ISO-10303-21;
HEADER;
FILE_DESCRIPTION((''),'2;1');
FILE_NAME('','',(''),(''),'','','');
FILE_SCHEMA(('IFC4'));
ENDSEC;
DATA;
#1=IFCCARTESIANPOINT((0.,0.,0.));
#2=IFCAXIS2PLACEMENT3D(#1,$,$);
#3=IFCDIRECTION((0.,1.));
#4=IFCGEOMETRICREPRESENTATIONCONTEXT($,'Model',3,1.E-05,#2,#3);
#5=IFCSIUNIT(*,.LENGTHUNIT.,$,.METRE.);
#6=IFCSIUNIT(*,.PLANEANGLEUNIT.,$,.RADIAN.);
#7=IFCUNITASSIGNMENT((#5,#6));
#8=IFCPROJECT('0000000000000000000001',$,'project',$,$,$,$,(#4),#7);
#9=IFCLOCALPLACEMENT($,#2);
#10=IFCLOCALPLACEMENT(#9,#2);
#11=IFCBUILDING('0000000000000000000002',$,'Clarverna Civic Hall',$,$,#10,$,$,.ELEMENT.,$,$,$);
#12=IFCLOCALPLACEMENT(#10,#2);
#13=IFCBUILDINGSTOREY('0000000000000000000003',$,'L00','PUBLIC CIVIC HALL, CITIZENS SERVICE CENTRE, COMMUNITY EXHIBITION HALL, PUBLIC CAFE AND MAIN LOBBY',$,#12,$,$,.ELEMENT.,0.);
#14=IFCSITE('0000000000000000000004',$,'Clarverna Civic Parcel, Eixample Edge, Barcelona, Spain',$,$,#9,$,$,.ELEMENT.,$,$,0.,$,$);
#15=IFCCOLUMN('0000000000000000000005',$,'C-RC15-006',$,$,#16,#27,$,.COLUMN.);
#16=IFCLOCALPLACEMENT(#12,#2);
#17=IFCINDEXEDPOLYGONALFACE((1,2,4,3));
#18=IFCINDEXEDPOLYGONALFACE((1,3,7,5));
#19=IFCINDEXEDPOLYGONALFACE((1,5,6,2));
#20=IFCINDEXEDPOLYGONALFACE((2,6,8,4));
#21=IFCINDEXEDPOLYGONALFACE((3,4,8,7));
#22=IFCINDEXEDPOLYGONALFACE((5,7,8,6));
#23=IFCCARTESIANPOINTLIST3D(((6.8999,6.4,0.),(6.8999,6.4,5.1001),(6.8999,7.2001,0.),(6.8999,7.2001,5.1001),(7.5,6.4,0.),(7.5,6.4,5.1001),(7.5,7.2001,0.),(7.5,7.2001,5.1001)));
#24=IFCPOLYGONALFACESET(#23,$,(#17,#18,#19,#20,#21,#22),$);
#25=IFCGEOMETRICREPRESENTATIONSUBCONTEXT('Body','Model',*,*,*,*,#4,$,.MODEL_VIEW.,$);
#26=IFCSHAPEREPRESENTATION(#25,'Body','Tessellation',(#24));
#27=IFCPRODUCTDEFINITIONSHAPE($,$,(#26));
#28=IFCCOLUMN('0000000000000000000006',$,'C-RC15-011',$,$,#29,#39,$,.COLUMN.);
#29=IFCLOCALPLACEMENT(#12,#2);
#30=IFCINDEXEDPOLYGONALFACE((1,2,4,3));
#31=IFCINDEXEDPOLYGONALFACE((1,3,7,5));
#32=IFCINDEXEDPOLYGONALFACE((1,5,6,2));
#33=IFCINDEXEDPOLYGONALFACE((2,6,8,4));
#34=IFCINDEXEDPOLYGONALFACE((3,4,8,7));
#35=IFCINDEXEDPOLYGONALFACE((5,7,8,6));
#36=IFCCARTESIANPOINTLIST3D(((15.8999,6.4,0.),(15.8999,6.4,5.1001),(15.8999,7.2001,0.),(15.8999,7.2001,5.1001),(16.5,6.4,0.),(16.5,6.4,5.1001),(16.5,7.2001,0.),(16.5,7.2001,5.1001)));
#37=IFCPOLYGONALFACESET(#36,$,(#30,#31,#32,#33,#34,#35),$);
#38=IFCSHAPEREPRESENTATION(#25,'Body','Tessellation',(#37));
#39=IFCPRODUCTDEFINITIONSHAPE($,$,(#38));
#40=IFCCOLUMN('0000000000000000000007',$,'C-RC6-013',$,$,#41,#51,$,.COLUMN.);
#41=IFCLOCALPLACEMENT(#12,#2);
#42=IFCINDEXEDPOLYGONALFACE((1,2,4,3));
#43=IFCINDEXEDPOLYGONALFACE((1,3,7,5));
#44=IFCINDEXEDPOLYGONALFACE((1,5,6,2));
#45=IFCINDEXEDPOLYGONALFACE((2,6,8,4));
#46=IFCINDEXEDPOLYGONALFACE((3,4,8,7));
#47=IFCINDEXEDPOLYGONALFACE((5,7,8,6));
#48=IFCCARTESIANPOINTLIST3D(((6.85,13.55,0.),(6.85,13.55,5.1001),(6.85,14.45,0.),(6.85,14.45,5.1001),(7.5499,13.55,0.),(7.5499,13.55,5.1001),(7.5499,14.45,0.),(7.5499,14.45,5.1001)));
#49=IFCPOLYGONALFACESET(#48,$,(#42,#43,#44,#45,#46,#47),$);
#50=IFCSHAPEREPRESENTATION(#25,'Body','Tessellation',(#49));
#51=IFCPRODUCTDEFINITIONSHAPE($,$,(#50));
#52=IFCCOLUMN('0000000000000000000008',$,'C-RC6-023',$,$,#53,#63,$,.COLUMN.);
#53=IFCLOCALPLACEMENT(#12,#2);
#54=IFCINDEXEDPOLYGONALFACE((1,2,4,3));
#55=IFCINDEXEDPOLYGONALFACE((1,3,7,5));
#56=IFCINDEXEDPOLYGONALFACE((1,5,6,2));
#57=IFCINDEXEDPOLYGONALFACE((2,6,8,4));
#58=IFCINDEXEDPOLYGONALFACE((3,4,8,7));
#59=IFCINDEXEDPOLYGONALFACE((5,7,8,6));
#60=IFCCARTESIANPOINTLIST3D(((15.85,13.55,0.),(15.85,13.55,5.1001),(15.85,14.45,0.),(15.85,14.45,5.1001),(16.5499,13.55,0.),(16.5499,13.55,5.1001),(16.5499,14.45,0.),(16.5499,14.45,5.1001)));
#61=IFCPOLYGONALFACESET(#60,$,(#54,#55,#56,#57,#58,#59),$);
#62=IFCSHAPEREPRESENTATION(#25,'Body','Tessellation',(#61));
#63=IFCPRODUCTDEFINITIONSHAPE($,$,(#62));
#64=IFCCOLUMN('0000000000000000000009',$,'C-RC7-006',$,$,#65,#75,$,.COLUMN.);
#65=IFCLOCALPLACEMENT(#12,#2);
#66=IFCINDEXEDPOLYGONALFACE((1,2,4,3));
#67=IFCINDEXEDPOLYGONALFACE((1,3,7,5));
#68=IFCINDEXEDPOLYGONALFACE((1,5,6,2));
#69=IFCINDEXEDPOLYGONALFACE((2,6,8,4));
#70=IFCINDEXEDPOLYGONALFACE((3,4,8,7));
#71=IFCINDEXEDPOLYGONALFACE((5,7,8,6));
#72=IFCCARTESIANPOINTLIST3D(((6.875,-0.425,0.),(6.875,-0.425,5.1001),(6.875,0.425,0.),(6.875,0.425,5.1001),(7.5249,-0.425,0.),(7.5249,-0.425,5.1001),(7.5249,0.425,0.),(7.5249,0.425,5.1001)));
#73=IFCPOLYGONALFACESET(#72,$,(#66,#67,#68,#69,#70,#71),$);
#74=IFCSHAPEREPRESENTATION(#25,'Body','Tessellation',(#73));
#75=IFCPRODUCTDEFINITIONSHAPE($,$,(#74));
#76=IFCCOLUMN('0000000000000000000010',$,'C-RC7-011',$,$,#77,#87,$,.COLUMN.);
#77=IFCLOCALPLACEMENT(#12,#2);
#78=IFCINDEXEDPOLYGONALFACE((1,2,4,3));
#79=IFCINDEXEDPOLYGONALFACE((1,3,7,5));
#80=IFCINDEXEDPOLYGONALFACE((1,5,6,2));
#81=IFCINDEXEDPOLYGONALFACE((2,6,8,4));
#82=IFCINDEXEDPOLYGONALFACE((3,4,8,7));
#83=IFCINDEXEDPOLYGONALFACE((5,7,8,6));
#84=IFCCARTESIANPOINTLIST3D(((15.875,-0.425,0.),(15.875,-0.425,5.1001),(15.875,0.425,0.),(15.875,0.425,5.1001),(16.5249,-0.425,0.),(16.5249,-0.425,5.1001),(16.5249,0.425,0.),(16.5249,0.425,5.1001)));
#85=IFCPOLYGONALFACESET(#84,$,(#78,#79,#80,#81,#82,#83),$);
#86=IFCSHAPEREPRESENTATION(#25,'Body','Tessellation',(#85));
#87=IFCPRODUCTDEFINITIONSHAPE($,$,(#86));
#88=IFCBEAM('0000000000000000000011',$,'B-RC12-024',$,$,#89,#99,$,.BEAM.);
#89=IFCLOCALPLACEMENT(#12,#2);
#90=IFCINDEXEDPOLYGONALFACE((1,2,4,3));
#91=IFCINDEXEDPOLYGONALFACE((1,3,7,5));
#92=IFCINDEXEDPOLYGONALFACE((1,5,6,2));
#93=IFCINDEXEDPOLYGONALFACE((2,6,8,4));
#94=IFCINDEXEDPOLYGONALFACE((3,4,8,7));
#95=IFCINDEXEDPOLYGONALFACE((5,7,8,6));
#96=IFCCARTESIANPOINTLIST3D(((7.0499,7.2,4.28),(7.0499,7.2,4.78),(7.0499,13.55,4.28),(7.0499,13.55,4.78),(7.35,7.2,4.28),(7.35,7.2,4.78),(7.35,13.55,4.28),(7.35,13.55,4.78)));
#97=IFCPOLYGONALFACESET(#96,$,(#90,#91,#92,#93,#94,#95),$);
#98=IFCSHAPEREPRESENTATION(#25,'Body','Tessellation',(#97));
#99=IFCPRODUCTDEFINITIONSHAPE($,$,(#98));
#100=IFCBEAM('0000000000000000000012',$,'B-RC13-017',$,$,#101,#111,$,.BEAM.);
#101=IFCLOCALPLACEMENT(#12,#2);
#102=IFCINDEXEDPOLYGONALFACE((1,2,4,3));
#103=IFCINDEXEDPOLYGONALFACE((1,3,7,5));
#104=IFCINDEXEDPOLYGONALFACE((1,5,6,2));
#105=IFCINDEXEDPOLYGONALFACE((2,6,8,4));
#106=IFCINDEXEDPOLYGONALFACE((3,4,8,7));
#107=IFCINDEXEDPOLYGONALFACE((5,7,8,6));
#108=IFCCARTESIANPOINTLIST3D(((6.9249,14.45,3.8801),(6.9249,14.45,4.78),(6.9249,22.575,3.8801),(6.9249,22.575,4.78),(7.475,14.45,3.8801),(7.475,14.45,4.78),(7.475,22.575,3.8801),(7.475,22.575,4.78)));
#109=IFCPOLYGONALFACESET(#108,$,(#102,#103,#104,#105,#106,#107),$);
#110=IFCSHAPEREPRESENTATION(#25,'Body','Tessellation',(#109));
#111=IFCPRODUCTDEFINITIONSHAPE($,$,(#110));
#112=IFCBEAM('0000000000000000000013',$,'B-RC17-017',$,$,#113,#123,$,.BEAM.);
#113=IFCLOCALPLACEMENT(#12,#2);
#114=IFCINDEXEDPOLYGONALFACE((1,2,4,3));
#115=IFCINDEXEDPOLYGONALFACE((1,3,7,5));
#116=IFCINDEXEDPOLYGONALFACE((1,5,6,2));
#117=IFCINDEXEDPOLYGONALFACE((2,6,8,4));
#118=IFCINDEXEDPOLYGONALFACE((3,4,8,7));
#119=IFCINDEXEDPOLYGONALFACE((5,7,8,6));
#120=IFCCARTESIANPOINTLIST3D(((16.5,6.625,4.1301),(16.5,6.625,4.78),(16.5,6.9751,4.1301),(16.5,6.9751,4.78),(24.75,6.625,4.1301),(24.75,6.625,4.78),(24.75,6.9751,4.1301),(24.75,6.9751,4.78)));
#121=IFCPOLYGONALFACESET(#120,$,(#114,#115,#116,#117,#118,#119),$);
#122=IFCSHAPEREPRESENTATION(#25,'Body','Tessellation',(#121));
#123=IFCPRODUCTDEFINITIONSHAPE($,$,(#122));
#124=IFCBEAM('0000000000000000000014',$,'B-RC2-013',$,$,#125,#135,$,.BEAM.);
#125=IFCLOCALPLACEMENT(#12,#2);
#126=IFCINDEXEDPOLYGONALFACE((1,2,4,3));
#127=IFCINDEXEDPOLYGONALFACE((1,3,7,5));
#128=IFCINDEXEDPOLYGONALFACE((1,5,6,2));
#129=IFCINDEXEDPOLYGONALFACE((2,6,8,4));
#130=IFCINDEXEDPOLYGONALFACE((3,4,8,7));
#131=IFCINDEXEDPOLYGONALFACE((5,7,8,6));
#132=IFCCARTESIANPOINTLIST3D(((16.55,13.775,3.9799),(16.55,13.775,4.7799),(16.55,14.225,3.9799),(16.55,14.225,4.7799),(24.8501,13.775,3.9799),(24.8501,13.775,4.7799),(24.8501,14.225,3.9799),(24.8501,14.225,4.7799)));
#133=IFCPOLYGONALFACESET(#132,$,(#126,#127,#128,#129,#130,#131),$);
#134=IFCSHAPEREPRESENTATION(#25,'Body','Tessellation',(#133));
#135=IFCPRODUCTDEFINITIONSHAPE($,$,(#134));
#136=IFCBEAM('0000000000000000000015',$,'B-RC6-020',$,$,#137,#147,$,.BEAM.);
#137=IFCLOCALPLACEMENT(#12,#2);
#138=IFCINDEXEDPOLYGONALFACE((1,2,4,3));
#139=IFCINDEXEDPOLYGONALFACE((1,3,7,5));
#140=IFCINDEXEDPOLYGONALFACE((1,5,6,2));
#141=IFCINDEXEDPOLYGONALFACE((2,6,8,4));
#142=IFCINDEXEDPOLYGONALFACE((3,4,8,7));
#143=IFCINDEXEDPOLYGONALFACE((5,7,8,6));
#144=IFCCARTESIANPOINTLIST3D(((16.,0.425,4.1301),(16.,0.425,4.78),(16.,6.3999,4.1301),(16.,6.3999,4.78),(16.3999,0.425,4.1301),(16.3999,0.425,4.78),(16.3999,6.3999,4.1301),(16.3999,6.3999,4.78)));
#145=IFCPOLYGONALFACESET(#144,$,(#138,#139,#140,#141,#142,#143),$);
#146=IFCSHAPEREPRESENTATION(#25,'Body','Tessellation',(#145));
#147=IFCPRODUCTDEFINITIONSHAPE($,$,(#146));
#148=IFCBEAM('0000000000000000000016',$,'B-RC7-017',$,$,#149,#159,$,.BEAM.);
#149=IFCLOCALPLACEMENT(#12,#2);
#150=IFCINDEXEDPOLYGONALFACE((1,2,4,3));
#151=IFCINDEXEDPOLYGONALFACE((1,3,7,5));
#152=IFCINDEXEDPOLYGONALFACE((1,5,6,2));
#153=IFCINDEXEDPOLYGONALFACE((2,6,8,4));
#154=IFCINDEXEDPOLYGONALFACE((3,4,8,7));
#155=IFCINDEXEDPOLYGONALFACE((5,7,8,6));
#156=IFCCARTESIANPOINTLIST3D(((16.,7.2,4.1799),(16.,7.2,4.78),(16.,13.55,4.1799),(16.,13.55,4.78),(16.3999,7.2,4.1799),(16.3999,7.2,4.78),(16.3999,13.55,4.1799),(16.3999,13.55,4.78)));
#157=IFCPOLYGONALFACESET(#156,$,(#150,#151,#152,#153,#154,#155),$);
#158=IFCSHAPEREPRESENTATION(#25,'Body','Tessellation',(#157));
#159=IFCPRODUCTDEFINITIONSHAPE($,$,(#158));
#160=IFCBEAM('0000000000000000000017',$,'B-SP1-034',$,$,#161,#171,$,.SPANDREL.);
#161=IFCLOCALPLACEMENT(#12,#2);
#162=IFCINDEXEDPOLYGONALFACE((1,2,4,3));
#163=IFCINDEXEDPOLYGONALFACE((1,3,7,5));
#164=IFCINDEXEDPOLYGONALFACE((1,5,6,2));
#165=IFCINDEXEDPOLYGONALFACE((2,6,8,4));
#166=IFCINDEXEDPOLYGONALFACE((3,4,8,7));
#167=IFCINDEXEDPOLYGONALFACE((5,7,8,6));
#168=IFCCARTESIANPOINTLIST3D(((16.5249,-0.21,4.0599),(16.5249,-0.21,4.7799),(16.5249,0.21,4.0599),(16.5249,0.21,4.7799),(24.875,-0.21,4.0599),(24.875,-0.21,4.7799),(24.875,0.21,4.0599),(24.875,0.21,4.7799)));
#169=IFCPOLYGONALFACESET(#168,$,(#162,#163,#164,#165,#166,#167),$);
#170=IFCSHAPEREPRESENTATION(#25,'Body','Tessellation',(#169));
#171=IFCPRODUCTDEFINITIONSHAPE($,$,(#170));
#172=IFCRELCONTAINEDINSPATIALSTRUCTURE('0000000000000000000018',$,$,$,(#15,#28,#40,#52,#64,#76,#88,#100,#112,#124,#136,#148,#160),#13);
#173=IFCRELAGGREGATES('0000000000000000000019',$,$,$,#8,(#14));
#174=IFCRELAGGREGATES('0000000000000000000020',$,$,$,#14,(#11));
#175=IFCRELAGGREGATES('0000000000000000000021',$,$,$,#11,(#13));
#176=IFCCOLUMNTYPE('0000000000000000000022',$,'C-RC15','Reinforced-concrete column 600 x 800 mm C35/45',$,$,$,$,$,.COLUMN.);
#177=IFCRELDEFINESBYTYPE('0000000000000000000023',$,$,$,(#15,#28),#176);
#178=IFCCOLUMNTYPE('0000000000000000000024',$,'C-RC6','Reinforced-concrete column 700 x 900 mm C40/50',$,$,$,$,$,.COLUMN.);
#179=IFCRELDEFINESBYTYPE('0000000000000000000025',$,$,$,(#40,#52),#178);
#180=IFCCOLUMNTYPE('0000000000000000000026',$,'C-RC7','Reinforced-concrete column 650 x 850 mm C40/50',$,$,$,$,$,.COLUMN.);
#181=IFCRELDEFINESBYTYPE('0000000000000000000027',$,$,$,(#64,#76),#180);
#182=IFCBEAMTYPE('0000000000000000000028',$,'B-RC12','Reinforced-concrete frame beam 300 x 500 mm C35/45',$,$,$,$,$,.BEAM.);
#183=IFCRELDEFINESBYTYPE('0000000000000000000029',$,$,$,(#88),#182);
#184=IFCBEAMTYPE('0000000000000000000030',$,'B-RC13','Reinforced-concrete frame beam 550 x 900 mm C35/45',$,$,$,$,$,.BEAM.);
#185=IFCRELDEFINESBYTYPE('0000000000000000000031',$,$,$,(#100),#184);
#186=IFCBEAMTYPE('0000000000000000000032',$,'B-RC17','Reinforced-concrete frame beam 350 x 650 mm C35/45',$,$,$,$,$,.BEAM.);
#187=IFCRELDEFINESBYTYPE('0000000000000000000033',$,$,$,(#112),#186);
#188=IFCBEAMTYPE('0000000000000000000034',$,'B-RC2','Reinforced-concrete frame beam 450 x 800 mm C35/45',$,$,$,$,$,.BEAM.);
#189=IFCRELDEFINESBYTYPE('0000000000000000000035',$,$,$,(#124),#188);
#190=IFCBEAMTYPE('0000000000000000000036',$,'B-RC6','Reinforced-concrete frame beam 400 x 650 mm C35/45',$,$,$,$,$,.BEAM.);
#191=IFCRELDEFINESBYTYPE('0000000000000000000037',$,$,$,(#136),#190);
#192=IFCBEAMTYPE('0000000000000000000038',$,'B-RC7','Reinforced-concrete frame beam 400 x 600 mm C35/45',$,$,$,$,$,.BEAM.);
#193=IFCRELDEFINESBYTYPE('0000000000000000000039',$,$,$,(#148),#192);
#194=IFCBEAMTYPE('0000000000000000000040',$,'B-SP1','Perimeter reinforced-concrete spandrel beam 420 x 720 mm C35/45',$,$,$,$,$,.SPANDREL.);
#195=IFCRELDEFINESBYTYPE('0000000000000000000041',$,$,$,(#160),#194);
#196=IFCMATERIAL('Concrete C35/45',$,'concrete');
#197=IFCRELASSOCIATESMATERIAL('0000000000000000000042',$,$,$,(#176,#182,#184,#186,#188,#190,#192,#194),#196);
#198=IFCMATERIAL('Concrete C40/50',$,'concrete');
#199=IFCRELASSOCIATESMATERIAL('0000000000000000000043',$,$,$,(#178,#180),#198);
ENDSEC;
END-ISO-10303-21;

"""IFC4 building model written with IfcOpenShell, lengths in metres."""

from ifc_helpers import new_model, si_unit, direction, frame, origin, origin_2d, place, context, subcontext, project, spatial, rectangle, extrude, material, material_profile, profile_set, type_object, element, save


model = new_model("IFC4")

# Units and contexts
model_context = context("Model", 3, precision=1e-05, world=origin(), true_north=direction((0.0, 1.0)))
body_context = subcontext(model_context, "Body", "Model", "MODEL_VIEW")
ifc_project = project(units=[si_unit("LENGTHUNIT", "METRE"), si_unit("PLANEANGLEUNIT", "RADIAN")], contexts=[model_context])

# Site, building, storey
site_placement = place(None, origin())
site = spatial("IfcSite", under=ifc_project, at=site_placement, Name="Clarverna Civic Parcel, Eixample Edge, Barcelona, Spain", CompositionType="ELEMENT", RefElevation=0.0)
building_placement = place(site_placement, origin())
building = spatial("IfcBuilding", under=site, at=building_placement, Name="Clarverna Civic Hall", CompositionType="ELEMENT")
storey_placement = place(building_placement, origin())
storey = spatial("IfcBuildingStorey", under=building, at=storey_placement, Name="L00", Description="PUBLIC CIVIC HALL, CITIZENS SERVICE CENTRE, COMMUNITY EXHIBITION HALL, PUBLIC CAFE AND MAIN LOBBY", CompositionType="ELEMENT", Elevation=0.0)

# Columns
ifc_material_1 = material(Name="Concrete C35/45", Category="concrete")
ifc_material_profile_1 = material_profile(ifc_material_1, rectangle(XDim=0.6001, YDim=0.8, at=origin_2d()), Name="RC 600x800")
ifc_profile_set_1 = profile_set([ifc_material_profile_1], Name="Concrete C35/45")
column_type_1 = type_object("IfcColumnType", Name="C-RC15", Description="Reinforced-concrete column 600 x 800 mm C35/45", PredefinedType="COLUMN", material=ifc_profile_set_1)
for number, where, z_axis, x_axis, name in (
    (1, (7.2, 6.8, 0.0), (0.0, 0.0, 1.0), (1.0, 0.0, 0.0), "C-RC15-006"),
    (2, (16.2, 6.8, 0.0), (0.0, 0.0, 1.0), (1.0, 0.0, 0.0), "C-RC15-011"),
):
    element("IfcColumn", number, at=place(storey_placement, frame(where, z_axis=z_axis, x_axis=x_axis)), inside=storey, type_object=column_type_1, Name=name, PredefinedType="COLUMN", context=body_context, shape_type="SweptSolid", body=[
        extrude(rectangle(XDim=0.6001, YDim=0.8, at=origin_2d()), origin(), (0.0, 0.0, 1.0), 5.1001),
    ])
ifc_material_2 = material(Name="Concrete C40/50", Category="concrete")
ifc_material_profile_2 = material_profile(ifc_material_2, rectangle(XDim=0.7, YDim=0.8999, at=origin_2d()), Name="RC 700x900")
ifc_profile_set_2 = profile_set([ifc_material_profile_2], Name="Concrete C40/50")
column_type_2 = type_object("IfcColumnType", Name="C-RC6", Description="Reinforced-concrete column 700 x 900 mm C40/50", PredefinedType="COLUMN", material=ifc_profile_set_2)
for number, where, z_axis, x_axis, name in (
    (3, (7.2, 14.0, 0.0), (0.0, 0.0, 1.0), (1.0, 0.0, 0.0), "C-RC6-013"),
    (4, (16.2, 14.0, 0.0), (0.0, 0.0, 1.0), (1.0, 0.0, 0.0), "C-RC6-023"),
):
    element("IfcColumn", number, at=place(storey_placement, frame(where, z_axis=z_axis, x_axis=x_axis)), inside=storey, type_object=column_type_2, Name=name, PredefinedType="COLUMN", context=body_context, shape_type="SweptSolid", body=[
        extrude(rectangle(XDim=0.7, YDim=0.8999, at=origin_2d()), origin(), (0.0, 0.0, 1.0), 5.1001),
    ])
ifc_material_profile_3 = material_profile(ifc_material_2, rectangle(XDim=0.6499, YDim=0.8501, at=origin_2d()), Name="RC 650x850")
ifc_profile_set_3 = profile_set([ifc_material_profile_3], Name="Concrete C40/50")
column_type_3 = type_object("IfcColumnType", Name="C-RC7", Description="Reinforced-concrete column 650 x 850 mm C40/50", PredefinedType="COLUMN", material=ifc_profile_set_3)
for number, where, z_axis, x_axis, name in (
    (5, (7.2, 0.0, 0.0), (0.0, 0.0, 1.0), (1.0, 0.0, 0.0), "C-RC7-006"),
    (6, (16.2, 0.0, 0.0), (0.0, 0.0, 1.0), (1.0, 0.0, 0.0), "C-RC7-011"),
):
    element("IfcColumn", number, at=place(storey_placement, frame(where, z_axis=z_axis, x_axis=x_axis)), inside=storey, type_object=column_type_3, Name=name, PredefinedType="COLUMN", context=body_context, shape_type="SweptSolid", body=[
        extrude(rectangle(XDim=0.6499, YDim=0.8501, at=origin_2d()), origin(), (0.0, 0.0, 1.0), 5.1001),
    ])

# Beams
ifc_material_profile_4 = material_profile(ifc_material_1, rectangle(XDim=0.3, YDim=0.5, at=origin_2d()), Name="RC 300x500")
ifc_profile_set_4 = profile_set([ifc_material_profile_4], Name="Concrete C35/45")
beam_type_1 = type_object("IfcBeamType", Name="B-RC12", Description="Reinforced-concrete frame beam 300 x 500 mm C35/45", PredefinedType="BEAM", material=ifc_profile_set_4)
beam_1_placement = place(storey_placement, frame((7.2, 7.2, 4.53), z_axis=(0.0, 1.0, 0.0), x_axis=(-1.0, 0.0, 0.0)))
element("IfcBeam", 7, at=beam_1_placement, inside=storey, type_object=beam_type_1, Name="B-RC12-024", PredefinedType="BEAM", context=body_context, shape_type="SweptSolid", body=[
    extrude(rectangle(XDim=0.3, YDim=0.5, at=origin_2d()), origin(), (0.0, 0.0, 1.0), 6.3501),
])
ifc_material_profile_5 = material_profile(ifc_material_1, rectangle(XDim=0.55, YDim=0.8999, at=origin_2d()), Name="RC 550x900")
ifc_profile_set_5 = profile_set([ifc_material_profile_5], Name="Concrete C35/45")
beam_type_2 = type_object("IfcBeamType", Name="B-RC13", Description="Reinforced-concrete frame beam 550 x 900 mm C35/45", PredefinedType="BEAM", material=ifc_profile_set_5)
beam_2_placement = place(storey_placement, frame((7.2, 14.45, 4.3301), z_axis=(0.0, 1.0, 0.0), x_axis=(-1.0, 0.0, 0.0)))
element("IfcBeam", 8, at=beam_2_placement, inside=storey, type_object=beam_type_2, Name="B-RC13-017", PredefinedType="BEAM", context=body_context, shape_type="SweptSolid", body=[
    extrude(rectangle(XDim=0.55, YDim=0.8999, at=origin_2d()), origin(), (0.0, 0.0, 1.0), 8.125),
])
ifc_material_profile_6 = material_profile(ifc_material_1, rectangle(XDim=0.3501, YDim=0.6499, at=origin_2d()), Name="RC 350x650")
ifc_profile_set_6 = profile_set([ifc_material_profile_6], Name="Concrete C35/45")
beam_type_3 = type_object("IfcBeamType", Name="B-RC17", Description="Reinforced-concrete frame beam 350 x 650 mm C35/45", PredefinedType="BEAM", material=ifc_profile_set_6)
beam_3_placement = place(storey_placement, frame((16.5, 6.8, 4.4551), z_axis=(1.0, 0.0, 0.0), x_axis=(0.0, 1.0, 0.0)))
element("IfcBeam", 9, at=beam_3_placement, inside=storey, type_object=beam_type_3, Name="B-RC17-017", PredefinedType="BEAM", context=body_context, shape_type="SweptSolid", body=[
    extrude(rectangle(XDim=0.3501, YDim=0.6499, at=origin_2d()), origin(), (0.0, 0.0, 1.0), 8.25),
])
ifc_material_profile_7 = material_profile(ifc_material_1, rectangle(XDim=0.45, YDim=0.8, at=origin_2d()), Name="RC 450x800")
ifc_profile_set_7 = profile_set([ifc_material_profile_7], Name="Concrete C35/45")
beam_type_4 = type_object("IfcBeamType", Name="B-RC2", Description="Reinforced-concrete frame beam 450 x 800 mm C35/45", PredefinedType="BEAM", material=ifc_profile_set_7)
beam_4_placement = place(storey_placement, frame((16.55, 14.0, 4.3799), z_axis=(1.0, 0.0, 0.0), x_axis=(0.0, 1.0, 0.0)))
element("IfcBeam", 10, at=beam_4_placement, inside=storey, type_object=beam_type_4, Name="B-RC2-013", PredefinedType="BEAM", context=body_context, shape_type="SweptSolid", body=[
    extrude(rectangle(XDim=0.45, YDim=0.8, at=origin_2d()), origin(), (0.0, 0.0, 1.0), 8.3),
])
ifc_material_profile_8 = material_profile(ifc_material_1, rectangle(XDim=0.3999, YDim=0.6499, at=origin_2d()), Name="RC 400x650")
ifc_profile_set_8 = profile_set([ifc_material_profile_8], Name="Concrete C35/45")
beam_type_5 = type_object("IfcBeamType", Name="B-RC6", Description="Reinforced-concrete frame beam 400 x 650 mm C35/45", PredefinedType="BEAM", material=ifc_profile_set_8)
beam_5_placement = place(storey_placement, frame((16.2, 0.425, 4.4551), z_axis=(0.0, 1.0, 0.0), x_axis=(-1.0, 0.0, 0.0)))
element("IfcBeam", 11, at=beam_5_placement, inside=storey, type_object=beam_type_5, Name="B-RC6-020", PredefinedType="BEAM", context=body_context, shape_type="SweptSolid", body=[
    extrude(rectangle(XDim=0.3999, YDim=0.6499, at=origin_2d()), origin(), (0.0, 0.0, 1.0), 5.9749),
])
ifc_material_profile_9 = material_profile(ifc_material_1, rectangle(XDim=0.3999, YDim=0.6001, at=origin_2d()), Name="RC 400x600")
ifc_profile_set_9 = profile_set([ifc_material_profile_9], Name="Concrete C35/45")
beam_type_6 = type_object("IfcBeamType", Name="B-RC7", Description="Reinforced-concrete frame beam 400 x 600 mm C35/45", PredefinedType="BEAM", material=ifc_profile_set_9)
beam_6_placement = place(storey_placement, frame((16.2, 7.2, 4.48), z_axis=(0.0, 1.0, 0.0), x_axis=(-1.0, 0.0, 0.0)))
element("IfcBeam", 12, at=beam_6_placement, inside=storey, type_object=beam_type_6, Name="B-RC7-017", PredefinedType="BEAM", context=body_context, shape_type="SweptSolid", body=[
    extrude(rectangle(XDim=0.3999, YDim=0.6001, at=origin_2d()), origin(), (0.0, 0.0, 1.0), 6.3501),
])
ifc_material_profile_10 = material_profile(ifc_material_1, rectangle(XDim=0.4199, YDim=0.72, at=origin_2d()), Name="RC 420x720")
ifc_profile_set_10 = profile_set([ifc_material_profile_10], Name="Concrete C35/45")
beam_type_7 = type_object("IfcBeamType", Name="B-SP1", Description="Perimeter reinforced-concrete spandrel beam 420 x 720 mm C35/45", PredefinedType="SPANDREL", material=ifc_profile_set_10)
beam_7_placement = place(storey_placement, frame((16.5249, 0.0, 4.4199), z_axis=(1.0, 0.0, 0.0), x_axis=(0.0, 1.0, 0.0)))
element("IfcBeam", 13, at=beam_7_placement, inside=storey, type_object=beam_type_7, Name="B-SP1-034", PredefinedType="SPANDREL", context=body_context, shape_type="SweptSolid", body=[
    extrude(rectangle(XDim=0.4199, YDim=0.72, at=origin_2d()), origin(), (0.0, 0.0, 1.0), 8.3501),
])

save(model, "model.ifc")
